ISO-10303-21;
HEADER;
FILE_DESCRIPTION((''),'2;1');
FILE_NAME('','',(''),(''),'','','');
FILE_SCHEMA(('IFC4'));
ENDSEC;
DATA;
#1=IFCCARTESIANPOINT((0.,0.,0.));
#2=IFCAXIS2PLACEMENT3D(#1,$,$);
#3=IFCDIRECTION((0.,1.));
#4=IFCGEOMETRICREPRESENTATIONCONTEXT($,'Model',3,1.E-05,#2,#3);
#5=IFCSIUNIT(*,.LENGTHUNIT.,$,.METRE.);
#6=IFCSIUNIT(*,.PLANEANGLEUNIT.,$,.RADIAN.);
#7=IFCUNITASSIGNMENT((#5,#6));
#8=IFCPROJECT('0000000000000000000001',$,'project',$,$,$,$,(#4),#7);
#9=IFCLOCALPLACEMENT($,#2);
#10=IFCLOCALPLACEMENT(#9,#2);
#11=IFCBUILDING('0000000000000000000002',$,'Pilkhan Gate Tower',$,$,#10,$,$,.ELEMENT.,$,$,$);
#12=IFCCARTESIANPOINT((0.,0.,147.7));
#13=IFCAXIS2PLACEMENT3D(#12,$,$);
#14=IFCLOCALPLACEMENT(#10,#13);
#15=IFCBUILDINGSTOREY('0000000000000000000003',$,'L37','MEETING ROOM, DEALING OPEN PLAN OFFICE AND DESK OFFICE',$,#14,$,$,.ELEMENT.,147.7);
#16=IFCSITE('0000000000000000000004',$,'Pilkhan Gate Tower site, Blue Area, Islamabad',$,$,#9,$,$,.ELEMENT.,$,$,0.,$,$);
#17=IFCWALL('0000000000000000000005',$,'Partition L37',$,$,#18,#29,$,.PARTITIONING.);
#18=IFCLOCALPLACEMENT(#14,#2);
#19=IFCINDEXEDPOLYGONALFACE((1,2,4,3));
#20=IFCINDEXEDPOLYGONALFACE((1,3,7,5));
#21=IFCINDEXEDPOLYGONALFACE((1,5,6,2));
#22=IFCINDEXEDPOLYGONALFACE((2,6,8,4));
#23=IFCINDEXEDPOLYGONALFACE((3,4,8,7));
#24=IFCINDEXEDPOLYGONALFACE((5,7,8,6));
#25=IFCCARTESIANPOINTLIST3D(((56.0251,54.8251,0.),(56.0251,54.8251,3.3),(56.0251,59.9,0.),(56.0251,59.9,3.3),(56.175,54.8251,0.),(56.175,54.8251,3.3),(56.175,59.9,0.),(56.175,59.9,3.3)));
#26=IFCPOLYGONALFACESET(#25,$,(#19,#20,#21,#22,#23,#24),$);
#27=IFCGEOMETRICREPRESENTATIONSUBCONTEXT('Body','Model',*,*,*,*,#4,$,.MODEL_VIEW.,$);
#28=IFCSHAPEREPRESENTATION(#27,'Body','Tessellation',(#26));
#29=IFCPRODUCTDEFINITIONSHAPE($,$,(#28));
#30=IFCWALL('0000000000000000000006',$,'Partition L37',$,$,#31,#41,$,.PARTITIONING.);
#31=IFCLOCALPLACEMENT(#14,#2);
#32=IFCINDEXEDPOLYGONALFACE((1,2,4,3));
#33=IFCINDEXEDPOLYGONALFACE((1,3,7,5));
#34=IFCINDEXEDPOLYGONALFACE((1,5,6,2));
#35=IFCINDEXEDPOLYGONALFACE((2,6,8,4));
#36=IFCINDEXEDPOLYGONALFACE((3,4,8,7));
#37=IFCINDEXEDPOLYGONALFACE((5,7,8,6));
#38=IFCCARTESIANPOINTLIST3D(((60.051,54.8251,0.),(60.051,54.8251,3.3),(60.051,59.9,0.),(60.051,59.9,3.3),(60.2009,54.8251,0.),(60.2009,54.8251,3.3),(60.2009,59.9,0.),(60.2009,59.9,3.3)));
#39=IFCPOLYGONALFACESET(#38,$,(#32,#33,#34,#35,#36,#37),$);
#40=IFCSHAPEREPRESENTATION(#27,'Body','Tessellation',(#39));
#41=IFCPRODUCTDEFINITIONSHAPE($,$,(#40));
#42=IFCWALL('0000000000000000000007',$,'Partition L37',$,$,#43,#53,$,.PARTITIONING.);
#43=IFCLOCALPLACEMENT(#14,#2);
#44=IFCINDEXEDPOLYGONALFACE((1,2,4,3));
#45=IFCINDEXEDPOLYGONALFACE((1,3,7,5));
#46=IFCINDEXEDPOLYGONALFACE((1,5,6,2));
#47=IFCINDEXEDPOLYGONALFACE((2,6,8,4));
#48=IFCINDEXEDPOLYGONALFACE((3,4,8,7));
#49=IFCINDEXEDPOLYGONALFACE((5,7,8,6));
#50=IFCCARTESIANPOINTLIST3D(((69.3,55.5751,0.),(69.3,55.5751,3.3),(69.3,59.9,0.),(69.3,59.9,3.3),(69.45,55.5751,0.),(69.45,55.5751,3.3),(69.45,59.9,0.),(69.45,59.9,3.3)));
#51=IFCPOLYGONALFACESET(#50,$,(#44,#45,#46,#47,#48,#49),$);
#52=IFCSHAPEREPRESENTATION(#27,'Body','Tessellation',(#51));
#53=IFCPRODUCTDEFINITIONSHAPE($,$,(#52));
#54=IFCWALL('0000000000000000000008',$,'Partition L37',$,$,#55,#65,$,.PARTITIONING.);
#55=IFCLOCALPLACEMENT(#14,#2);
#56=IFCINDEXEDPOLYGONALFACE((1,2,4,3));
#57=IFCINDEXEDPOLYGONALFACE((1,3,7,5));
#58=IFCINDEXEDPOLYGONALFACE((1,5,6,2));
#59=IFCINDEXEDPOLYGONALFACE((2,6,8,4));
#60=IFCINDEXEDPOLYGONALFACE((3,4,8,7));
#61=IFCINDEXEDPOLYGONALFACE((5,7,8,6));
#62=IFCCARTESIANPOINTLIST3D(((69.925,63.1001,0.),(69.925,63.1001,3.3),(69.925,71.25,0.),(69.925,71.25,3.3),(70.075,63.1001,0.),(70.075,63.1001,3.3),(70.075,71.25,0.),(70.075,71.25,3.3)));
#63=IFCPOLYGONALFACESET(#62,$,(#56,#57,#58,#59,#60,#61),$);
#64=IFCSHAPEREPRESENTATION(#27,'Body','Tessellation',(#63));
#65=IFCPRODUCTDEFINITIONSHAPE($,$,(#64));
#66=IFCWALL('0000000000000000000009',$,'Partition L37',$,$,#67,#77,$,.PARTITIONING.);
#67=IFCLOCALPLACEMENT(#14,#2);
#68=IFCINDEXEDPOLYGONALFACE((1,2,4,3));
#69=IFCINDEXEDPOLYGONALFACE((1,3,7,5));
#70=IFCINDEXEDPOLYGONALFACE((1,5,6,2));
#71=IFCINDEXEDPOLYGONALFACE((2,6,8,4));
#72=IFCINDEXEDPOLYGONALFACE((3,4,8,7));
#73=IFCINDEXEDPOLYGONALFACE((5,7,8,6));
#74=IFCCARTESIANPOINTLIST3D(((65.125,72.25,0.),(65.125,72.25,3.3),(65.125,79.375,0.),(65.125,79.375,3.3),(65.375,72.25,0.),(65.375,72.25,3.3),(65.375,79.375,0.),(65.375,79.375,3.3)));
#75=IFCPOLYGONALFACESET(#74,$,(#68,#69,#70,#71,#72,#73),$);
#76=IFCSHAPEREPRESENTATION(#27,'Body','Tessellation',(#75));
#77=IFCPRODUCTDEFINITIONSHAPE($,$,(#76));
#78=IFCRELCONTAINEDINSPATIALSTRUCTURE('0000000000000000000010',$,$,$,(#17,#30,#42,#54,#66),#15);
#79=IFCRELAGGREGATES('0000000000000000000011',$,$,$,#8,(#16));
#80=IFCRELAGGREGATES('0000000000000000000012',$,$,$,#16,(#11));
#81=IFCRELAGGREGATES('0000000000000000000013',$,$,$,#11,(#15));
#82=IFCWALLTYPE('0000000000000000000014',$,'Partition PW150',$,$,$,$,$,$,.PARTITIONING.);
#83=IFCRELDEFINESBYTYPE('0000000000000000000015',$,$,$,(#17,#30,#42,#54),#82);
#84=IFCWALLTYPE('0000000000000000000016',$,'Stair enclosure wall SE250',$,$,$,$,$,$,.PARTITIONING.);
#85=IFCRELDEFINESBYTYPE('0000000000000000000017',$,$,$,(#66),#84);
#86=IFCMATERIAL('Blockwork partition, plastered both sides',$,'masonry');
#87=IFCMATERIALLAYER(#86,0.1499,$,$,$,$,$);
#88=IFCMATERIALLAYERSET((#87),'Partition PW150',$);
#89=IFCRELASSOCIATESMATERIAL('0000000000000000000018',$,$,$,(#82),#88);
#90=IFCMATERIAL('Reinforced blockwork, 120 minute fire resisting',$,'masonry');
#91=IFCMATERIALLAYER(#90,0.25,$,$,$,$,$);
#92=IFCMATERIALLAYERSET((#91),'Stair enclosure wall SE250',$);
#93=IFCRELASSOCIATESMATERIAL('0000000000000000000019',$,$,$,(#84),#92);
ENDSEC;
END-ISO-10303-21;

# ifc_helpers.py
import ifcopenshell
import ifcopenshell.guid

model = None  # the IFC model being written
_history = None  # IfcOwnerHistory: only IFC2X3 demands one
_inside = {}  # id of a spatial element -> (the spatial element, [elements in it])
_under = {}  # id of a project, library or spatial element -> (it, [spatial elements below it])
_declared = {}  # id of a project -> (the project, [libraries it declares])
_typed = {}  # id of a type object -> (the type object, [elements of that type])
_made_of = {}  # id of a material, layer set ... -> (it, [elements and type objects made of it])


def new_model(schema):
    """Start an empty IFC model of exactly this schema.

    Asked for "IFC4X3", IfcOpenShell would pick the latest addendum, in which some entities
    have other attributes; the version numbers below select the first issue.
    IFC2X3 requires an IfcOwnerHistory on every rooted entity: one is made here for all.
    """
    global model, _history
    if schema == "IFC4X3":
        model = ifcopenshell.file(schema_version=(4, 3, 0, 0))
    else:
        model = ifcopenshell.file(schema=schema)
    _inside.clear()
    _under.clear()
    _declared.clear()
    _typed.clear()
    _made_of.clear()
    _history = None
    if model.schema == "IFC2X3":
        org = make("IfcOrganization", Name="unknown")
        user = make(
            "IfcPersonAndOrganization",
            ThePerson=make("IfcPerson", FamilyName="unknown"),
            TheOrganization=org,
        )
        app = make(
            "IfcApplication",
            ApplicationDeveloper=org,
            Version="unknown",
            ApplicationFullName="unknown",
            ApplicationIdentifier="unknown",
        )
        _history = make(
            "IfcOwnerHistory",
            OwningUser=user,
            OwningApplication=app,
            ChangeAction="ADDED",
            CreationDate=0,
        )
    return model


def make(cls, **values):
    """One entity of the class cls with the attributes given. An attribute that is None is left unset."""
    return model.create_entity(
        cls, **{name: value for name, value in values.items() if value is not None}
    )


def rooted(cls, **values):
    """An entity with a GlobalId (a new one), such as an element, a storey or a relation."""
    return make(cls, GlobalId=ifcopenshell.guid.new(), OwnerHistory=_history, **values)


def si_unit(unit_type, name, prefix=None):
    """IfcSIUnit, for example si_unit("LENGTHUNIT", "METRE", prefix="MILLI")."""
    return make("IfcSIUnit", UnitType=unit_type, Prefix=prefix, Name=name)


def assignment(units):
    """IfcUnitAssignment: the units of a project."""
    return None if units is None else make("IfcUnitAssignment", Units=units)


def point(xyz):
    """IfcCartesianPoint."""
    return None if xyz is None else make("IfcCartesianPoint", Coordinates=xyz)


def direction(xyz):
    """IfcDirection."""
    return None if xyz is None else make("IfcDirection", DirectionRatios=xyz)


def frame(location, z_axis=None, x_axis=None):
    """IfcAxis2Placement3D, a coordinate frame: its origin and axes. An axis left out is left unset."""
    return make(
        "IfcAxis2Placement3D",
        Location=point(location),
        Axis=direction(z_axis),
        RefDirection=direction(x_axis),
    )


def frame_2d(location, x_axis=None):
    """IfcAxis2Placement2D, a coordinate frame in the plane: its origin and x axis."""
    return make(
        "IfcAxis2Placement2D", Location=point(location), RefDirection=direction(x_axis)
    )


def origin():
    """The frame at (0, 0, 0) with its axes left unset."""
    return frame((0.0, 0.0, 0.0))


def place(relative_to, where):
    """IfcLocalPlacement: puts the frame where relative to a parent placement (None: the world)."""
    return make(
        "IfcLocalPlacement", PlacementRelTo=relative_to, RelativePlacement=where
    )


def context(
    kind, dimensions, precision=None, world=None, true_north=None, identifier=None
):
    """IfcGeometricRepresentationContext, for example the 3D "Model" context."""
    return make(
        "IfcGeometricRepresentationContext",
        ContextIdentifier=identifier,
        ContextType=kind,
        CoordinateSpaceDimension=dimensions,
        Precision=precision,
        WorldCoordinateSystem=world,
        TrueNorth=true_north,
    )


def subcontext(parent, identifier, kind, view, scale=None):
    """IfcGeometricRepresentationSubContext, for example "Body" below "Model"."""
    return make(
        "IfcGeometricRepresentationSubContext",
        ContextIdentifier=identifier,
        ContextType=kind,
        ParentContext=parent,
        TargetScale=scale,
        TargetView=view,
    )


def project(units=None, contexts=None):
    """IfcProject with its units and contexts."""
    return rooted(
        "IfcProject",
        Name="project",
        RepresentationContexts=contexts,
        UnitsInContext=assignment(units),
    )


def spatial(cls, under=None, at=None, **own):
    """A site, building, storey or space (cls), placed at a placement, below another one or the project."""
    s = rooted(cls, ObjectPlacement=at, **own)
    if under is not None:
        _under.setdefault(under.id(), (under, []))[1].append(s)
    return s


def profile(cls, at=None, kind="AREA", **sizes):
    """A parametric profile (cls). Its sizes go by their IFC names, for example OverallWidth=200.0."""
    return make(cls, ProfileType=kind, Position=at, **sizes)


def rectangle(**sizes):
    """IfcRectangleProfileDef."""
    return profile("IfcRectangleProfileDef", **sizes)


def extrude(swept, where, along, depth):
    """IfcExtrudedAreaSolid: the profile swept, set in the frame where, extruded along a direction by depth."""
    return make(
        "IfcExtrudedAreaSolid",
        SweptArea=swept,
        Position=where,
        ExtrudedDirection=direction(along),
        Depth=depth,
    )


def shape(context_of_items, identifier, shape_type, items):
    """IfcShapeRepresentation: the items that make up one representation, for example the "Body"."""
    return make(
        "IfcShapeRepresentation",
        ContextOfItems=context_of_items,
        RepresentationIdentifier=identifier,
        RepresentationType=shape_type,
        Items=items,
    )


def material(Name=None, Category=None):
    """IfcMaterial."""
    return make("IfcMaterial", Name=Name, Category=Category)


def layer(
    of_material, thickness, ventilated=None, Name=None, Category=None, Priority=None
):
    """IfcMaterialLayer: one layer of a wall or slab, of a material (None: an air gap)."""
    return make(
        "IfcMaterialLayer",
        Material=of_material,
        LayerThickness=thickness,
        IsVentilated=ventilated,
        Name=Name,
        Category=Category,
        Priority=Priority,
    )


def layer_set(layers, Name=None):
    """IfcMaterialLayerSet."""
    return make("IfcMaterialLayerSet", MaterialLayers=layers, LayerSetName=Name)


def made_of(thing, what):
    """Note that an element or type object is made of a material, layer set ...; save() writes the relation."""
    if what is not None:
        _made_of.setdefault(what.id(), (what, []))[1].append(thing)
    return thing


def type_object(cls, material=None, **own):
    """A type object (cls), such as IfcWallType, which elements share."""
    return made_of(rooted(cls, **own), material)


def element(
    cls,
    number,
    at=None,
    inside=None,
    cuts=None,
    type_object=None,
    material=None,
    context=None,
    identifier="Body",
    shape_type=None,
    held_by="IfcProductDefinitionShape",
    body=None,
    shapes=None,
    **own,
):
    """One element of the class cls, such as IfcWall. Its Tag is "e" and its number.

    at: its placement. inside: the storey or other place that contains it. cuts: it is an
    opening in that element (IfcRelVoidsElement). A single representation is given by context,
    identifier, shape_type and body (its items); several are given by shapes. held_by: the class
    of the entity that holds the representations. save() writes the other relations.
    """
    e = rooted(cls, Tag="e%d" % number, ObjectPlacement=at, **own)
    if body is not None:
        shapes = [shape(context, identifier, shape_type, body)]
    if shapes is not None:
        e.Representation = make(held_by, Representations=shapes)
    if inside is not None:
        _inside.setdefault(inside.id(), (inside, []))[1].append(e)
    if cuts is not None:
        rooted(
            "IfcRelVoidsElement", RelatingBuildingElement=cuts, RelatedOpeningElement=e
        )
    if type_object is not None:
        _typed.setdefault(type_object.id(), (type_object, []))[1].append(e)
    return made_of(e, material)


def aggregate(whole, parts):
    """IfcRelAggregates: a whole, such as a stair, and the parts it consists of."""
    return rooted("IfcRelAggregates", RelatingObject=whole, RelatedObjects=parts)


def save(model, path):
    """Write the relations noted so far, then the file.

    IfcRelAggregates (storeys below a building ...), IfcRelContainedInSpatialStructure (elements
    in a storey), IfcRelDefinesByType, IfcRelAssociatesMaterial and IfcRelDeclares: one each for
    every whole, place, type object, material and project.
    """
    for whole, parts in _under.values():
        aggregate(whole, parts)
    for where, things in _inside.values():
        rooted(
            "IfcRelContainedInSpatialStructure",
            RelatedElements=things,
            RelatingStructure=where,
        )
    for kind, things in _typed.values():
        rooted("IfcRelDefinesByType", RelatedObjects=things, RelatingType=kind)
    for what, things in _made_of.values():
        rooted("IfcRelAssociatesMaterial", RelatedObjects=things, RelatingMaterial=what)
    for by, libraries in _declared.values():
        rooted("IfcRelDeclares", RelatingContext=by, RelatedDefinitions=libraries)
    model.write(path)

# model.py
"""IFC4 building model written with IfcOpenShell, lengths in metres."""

from ifc_helpers import new_model, si_unit, direction, frame, frame_2d, origin, place, context, subcontext, project, spatial, rectangle, extrude, material, layer, layer_set, type_object, element, save


model = new_model("IFC4")

# Units and contexts
model_context = context("Model", 3, precision=1e-05, world=origin(), true_north=direction((0.0, 1.0)))
body_context = subcontext(model_context, "Body", "Model", "MODEL_VIEW")
ifc_project = project(units=[si_unit("LENGTHUNIT", "METRE"), si_unit("PLANEANGLEUNIT", "RADIAN")], contexts=[model_context])

# Site, building, storey
site_placement = place(None, origin())
site = spatial("IfcSite", under=ifc_project, at=site_placement, Name="Pilkhan Gate Tower site, Blue Area, Islamabad", CompositionType="ELEMENT", RefElevation=0.0)
building_placement = place(site_placement, origin())
building = spatial("IfcBuilding", under=site, at=building_placement, Name="Pilkhan Gate Tower", CompositionType="ELEMENT")
storey_placement = place(building_placement, frame((0.0, 0.0, 147.7)))
storey = spatial("IfcBuildingStorey", under=building, at=storey_placement, Name="L37", Description="MEETING ROOM, DEALING OPEN PLAN OFFICE AND DESK OFFICE", CompositionType="ELEMENT", Elevation=147.7)

# Shared definitions
ifc_material_1 = material(Name="Blockwork partition, plastered both sides", Category="masonry")
ifc_layer_1 = layer(ifc_material_1, 0.1499)
ifc_layer_set_1 = layer_set([ifc_layer_1], Name="Partition PW150")
wall_type_1 = type_object("IfcWallType", Name="Partition PW150", PredefinedType="PARTITIONING", material=ifc_layer_set_1)

# Walls
for number, where, z_axis, x_axis, name in (
    (1, (56.1001, 54.825, 0.0), (0.0, 0.0, 1.0), (0.0, 1.0, 0.0), "Partition L37"),
    (2, (60.126, 54.825, 0.0), (0.0, 0.0, 1.0), (0.0, 1.0, 0.0), "Partition L37"),
):
    element("IfcWall", number, at=place(storey_placement, frame(where, z_axis=z_axis, x_axis=x_axis)), inside=storey, type_object=wall_type_1, Name=name, PredefinedType="PARTITIONING", context=body_context, shape_type="SweptSolid", body=[
        extrude(rectangle(XDim=5.075, YDim=0.1499, at=frame_2d((2.5376, 0.0))), origin(), (0.0, 0.0, 1.0), 3.3),
    ])
wall_1_placement = place(storey_placement, frame((69.375, 55.575, 0.0), z_axis=(0.0, 0.0, 1.0), x_axis=(0.0, 1.0, 0.0)))
element("IfcWall", 3, at=wall_1_placement, inside=storey, type_object=wall_type_1, Name="Partition L37", PredefinedType="PARTITIONING", context=body_context, shape_type="SweptSolid", body=[
    extrude(rectangle(XDim=4.325, YDim=0.1499, at=frame_2d((2.1626, 0.0))), origin(), (0.0, 0.0, 1.0), 3.3),
])
wall_2_placement = place(storey_placement, frame((70.0, 63.1001, 0.0), z_axis=(0.0, 0.0, 1.0), x_axis=(0.0, 1.0, 0.0)))
element("IfcWall", 4, at=wall_2_placement, inside=storey, type_object=wall_type_1, Name="Partition L37", PredefinedType="PARTITIONING", context=body_context, shape_type="SweptSolid", body=[
    extrude(rectangle(XDim=8.1499, YDim=0.1499, at=frame_2d((4.075, 0.0))), origin(), (0.0, 0.0, 1.0), 3.3),
])
ifc_material_2 = material(Name="Reinforced blockwork, 120 minute fire resisting", Category="masonry")
ifc_layer_2 = layer(ifc_material_2, 0.25)
ifc_layer_set_2 = layer_set([ifc_layer_2], Name="Stair enclosure wall SE250")
wall_type_2 = type_object("IfcWallType", Name="Stair enclosure wall SE250", PredefinedType="PARTITIONING", material=ifc_layer_set_2)
wall_3_placement = place(storey_placement, frame((65.25, 72.25, 0.0), z_axis=(0.0, 0.0, 1.0), x_axis=(0.0, 1.0, 0.0)))
element("IfcWall", 5, at=wall_3_placement, inside=storey, type_object=wall_type_2, Name="Partition L37", PredefinedType="PARTITIONING", context=body_context, shape_type="SweptSolid", body=[
    extrude(rectangle(XDim=7.125, YDim=0.25, at=frame_2d((3.5625, 0.0))), origin(), (0.0, 0.0, 1.0), 3.3),
])

save(model, "model.ifc")
